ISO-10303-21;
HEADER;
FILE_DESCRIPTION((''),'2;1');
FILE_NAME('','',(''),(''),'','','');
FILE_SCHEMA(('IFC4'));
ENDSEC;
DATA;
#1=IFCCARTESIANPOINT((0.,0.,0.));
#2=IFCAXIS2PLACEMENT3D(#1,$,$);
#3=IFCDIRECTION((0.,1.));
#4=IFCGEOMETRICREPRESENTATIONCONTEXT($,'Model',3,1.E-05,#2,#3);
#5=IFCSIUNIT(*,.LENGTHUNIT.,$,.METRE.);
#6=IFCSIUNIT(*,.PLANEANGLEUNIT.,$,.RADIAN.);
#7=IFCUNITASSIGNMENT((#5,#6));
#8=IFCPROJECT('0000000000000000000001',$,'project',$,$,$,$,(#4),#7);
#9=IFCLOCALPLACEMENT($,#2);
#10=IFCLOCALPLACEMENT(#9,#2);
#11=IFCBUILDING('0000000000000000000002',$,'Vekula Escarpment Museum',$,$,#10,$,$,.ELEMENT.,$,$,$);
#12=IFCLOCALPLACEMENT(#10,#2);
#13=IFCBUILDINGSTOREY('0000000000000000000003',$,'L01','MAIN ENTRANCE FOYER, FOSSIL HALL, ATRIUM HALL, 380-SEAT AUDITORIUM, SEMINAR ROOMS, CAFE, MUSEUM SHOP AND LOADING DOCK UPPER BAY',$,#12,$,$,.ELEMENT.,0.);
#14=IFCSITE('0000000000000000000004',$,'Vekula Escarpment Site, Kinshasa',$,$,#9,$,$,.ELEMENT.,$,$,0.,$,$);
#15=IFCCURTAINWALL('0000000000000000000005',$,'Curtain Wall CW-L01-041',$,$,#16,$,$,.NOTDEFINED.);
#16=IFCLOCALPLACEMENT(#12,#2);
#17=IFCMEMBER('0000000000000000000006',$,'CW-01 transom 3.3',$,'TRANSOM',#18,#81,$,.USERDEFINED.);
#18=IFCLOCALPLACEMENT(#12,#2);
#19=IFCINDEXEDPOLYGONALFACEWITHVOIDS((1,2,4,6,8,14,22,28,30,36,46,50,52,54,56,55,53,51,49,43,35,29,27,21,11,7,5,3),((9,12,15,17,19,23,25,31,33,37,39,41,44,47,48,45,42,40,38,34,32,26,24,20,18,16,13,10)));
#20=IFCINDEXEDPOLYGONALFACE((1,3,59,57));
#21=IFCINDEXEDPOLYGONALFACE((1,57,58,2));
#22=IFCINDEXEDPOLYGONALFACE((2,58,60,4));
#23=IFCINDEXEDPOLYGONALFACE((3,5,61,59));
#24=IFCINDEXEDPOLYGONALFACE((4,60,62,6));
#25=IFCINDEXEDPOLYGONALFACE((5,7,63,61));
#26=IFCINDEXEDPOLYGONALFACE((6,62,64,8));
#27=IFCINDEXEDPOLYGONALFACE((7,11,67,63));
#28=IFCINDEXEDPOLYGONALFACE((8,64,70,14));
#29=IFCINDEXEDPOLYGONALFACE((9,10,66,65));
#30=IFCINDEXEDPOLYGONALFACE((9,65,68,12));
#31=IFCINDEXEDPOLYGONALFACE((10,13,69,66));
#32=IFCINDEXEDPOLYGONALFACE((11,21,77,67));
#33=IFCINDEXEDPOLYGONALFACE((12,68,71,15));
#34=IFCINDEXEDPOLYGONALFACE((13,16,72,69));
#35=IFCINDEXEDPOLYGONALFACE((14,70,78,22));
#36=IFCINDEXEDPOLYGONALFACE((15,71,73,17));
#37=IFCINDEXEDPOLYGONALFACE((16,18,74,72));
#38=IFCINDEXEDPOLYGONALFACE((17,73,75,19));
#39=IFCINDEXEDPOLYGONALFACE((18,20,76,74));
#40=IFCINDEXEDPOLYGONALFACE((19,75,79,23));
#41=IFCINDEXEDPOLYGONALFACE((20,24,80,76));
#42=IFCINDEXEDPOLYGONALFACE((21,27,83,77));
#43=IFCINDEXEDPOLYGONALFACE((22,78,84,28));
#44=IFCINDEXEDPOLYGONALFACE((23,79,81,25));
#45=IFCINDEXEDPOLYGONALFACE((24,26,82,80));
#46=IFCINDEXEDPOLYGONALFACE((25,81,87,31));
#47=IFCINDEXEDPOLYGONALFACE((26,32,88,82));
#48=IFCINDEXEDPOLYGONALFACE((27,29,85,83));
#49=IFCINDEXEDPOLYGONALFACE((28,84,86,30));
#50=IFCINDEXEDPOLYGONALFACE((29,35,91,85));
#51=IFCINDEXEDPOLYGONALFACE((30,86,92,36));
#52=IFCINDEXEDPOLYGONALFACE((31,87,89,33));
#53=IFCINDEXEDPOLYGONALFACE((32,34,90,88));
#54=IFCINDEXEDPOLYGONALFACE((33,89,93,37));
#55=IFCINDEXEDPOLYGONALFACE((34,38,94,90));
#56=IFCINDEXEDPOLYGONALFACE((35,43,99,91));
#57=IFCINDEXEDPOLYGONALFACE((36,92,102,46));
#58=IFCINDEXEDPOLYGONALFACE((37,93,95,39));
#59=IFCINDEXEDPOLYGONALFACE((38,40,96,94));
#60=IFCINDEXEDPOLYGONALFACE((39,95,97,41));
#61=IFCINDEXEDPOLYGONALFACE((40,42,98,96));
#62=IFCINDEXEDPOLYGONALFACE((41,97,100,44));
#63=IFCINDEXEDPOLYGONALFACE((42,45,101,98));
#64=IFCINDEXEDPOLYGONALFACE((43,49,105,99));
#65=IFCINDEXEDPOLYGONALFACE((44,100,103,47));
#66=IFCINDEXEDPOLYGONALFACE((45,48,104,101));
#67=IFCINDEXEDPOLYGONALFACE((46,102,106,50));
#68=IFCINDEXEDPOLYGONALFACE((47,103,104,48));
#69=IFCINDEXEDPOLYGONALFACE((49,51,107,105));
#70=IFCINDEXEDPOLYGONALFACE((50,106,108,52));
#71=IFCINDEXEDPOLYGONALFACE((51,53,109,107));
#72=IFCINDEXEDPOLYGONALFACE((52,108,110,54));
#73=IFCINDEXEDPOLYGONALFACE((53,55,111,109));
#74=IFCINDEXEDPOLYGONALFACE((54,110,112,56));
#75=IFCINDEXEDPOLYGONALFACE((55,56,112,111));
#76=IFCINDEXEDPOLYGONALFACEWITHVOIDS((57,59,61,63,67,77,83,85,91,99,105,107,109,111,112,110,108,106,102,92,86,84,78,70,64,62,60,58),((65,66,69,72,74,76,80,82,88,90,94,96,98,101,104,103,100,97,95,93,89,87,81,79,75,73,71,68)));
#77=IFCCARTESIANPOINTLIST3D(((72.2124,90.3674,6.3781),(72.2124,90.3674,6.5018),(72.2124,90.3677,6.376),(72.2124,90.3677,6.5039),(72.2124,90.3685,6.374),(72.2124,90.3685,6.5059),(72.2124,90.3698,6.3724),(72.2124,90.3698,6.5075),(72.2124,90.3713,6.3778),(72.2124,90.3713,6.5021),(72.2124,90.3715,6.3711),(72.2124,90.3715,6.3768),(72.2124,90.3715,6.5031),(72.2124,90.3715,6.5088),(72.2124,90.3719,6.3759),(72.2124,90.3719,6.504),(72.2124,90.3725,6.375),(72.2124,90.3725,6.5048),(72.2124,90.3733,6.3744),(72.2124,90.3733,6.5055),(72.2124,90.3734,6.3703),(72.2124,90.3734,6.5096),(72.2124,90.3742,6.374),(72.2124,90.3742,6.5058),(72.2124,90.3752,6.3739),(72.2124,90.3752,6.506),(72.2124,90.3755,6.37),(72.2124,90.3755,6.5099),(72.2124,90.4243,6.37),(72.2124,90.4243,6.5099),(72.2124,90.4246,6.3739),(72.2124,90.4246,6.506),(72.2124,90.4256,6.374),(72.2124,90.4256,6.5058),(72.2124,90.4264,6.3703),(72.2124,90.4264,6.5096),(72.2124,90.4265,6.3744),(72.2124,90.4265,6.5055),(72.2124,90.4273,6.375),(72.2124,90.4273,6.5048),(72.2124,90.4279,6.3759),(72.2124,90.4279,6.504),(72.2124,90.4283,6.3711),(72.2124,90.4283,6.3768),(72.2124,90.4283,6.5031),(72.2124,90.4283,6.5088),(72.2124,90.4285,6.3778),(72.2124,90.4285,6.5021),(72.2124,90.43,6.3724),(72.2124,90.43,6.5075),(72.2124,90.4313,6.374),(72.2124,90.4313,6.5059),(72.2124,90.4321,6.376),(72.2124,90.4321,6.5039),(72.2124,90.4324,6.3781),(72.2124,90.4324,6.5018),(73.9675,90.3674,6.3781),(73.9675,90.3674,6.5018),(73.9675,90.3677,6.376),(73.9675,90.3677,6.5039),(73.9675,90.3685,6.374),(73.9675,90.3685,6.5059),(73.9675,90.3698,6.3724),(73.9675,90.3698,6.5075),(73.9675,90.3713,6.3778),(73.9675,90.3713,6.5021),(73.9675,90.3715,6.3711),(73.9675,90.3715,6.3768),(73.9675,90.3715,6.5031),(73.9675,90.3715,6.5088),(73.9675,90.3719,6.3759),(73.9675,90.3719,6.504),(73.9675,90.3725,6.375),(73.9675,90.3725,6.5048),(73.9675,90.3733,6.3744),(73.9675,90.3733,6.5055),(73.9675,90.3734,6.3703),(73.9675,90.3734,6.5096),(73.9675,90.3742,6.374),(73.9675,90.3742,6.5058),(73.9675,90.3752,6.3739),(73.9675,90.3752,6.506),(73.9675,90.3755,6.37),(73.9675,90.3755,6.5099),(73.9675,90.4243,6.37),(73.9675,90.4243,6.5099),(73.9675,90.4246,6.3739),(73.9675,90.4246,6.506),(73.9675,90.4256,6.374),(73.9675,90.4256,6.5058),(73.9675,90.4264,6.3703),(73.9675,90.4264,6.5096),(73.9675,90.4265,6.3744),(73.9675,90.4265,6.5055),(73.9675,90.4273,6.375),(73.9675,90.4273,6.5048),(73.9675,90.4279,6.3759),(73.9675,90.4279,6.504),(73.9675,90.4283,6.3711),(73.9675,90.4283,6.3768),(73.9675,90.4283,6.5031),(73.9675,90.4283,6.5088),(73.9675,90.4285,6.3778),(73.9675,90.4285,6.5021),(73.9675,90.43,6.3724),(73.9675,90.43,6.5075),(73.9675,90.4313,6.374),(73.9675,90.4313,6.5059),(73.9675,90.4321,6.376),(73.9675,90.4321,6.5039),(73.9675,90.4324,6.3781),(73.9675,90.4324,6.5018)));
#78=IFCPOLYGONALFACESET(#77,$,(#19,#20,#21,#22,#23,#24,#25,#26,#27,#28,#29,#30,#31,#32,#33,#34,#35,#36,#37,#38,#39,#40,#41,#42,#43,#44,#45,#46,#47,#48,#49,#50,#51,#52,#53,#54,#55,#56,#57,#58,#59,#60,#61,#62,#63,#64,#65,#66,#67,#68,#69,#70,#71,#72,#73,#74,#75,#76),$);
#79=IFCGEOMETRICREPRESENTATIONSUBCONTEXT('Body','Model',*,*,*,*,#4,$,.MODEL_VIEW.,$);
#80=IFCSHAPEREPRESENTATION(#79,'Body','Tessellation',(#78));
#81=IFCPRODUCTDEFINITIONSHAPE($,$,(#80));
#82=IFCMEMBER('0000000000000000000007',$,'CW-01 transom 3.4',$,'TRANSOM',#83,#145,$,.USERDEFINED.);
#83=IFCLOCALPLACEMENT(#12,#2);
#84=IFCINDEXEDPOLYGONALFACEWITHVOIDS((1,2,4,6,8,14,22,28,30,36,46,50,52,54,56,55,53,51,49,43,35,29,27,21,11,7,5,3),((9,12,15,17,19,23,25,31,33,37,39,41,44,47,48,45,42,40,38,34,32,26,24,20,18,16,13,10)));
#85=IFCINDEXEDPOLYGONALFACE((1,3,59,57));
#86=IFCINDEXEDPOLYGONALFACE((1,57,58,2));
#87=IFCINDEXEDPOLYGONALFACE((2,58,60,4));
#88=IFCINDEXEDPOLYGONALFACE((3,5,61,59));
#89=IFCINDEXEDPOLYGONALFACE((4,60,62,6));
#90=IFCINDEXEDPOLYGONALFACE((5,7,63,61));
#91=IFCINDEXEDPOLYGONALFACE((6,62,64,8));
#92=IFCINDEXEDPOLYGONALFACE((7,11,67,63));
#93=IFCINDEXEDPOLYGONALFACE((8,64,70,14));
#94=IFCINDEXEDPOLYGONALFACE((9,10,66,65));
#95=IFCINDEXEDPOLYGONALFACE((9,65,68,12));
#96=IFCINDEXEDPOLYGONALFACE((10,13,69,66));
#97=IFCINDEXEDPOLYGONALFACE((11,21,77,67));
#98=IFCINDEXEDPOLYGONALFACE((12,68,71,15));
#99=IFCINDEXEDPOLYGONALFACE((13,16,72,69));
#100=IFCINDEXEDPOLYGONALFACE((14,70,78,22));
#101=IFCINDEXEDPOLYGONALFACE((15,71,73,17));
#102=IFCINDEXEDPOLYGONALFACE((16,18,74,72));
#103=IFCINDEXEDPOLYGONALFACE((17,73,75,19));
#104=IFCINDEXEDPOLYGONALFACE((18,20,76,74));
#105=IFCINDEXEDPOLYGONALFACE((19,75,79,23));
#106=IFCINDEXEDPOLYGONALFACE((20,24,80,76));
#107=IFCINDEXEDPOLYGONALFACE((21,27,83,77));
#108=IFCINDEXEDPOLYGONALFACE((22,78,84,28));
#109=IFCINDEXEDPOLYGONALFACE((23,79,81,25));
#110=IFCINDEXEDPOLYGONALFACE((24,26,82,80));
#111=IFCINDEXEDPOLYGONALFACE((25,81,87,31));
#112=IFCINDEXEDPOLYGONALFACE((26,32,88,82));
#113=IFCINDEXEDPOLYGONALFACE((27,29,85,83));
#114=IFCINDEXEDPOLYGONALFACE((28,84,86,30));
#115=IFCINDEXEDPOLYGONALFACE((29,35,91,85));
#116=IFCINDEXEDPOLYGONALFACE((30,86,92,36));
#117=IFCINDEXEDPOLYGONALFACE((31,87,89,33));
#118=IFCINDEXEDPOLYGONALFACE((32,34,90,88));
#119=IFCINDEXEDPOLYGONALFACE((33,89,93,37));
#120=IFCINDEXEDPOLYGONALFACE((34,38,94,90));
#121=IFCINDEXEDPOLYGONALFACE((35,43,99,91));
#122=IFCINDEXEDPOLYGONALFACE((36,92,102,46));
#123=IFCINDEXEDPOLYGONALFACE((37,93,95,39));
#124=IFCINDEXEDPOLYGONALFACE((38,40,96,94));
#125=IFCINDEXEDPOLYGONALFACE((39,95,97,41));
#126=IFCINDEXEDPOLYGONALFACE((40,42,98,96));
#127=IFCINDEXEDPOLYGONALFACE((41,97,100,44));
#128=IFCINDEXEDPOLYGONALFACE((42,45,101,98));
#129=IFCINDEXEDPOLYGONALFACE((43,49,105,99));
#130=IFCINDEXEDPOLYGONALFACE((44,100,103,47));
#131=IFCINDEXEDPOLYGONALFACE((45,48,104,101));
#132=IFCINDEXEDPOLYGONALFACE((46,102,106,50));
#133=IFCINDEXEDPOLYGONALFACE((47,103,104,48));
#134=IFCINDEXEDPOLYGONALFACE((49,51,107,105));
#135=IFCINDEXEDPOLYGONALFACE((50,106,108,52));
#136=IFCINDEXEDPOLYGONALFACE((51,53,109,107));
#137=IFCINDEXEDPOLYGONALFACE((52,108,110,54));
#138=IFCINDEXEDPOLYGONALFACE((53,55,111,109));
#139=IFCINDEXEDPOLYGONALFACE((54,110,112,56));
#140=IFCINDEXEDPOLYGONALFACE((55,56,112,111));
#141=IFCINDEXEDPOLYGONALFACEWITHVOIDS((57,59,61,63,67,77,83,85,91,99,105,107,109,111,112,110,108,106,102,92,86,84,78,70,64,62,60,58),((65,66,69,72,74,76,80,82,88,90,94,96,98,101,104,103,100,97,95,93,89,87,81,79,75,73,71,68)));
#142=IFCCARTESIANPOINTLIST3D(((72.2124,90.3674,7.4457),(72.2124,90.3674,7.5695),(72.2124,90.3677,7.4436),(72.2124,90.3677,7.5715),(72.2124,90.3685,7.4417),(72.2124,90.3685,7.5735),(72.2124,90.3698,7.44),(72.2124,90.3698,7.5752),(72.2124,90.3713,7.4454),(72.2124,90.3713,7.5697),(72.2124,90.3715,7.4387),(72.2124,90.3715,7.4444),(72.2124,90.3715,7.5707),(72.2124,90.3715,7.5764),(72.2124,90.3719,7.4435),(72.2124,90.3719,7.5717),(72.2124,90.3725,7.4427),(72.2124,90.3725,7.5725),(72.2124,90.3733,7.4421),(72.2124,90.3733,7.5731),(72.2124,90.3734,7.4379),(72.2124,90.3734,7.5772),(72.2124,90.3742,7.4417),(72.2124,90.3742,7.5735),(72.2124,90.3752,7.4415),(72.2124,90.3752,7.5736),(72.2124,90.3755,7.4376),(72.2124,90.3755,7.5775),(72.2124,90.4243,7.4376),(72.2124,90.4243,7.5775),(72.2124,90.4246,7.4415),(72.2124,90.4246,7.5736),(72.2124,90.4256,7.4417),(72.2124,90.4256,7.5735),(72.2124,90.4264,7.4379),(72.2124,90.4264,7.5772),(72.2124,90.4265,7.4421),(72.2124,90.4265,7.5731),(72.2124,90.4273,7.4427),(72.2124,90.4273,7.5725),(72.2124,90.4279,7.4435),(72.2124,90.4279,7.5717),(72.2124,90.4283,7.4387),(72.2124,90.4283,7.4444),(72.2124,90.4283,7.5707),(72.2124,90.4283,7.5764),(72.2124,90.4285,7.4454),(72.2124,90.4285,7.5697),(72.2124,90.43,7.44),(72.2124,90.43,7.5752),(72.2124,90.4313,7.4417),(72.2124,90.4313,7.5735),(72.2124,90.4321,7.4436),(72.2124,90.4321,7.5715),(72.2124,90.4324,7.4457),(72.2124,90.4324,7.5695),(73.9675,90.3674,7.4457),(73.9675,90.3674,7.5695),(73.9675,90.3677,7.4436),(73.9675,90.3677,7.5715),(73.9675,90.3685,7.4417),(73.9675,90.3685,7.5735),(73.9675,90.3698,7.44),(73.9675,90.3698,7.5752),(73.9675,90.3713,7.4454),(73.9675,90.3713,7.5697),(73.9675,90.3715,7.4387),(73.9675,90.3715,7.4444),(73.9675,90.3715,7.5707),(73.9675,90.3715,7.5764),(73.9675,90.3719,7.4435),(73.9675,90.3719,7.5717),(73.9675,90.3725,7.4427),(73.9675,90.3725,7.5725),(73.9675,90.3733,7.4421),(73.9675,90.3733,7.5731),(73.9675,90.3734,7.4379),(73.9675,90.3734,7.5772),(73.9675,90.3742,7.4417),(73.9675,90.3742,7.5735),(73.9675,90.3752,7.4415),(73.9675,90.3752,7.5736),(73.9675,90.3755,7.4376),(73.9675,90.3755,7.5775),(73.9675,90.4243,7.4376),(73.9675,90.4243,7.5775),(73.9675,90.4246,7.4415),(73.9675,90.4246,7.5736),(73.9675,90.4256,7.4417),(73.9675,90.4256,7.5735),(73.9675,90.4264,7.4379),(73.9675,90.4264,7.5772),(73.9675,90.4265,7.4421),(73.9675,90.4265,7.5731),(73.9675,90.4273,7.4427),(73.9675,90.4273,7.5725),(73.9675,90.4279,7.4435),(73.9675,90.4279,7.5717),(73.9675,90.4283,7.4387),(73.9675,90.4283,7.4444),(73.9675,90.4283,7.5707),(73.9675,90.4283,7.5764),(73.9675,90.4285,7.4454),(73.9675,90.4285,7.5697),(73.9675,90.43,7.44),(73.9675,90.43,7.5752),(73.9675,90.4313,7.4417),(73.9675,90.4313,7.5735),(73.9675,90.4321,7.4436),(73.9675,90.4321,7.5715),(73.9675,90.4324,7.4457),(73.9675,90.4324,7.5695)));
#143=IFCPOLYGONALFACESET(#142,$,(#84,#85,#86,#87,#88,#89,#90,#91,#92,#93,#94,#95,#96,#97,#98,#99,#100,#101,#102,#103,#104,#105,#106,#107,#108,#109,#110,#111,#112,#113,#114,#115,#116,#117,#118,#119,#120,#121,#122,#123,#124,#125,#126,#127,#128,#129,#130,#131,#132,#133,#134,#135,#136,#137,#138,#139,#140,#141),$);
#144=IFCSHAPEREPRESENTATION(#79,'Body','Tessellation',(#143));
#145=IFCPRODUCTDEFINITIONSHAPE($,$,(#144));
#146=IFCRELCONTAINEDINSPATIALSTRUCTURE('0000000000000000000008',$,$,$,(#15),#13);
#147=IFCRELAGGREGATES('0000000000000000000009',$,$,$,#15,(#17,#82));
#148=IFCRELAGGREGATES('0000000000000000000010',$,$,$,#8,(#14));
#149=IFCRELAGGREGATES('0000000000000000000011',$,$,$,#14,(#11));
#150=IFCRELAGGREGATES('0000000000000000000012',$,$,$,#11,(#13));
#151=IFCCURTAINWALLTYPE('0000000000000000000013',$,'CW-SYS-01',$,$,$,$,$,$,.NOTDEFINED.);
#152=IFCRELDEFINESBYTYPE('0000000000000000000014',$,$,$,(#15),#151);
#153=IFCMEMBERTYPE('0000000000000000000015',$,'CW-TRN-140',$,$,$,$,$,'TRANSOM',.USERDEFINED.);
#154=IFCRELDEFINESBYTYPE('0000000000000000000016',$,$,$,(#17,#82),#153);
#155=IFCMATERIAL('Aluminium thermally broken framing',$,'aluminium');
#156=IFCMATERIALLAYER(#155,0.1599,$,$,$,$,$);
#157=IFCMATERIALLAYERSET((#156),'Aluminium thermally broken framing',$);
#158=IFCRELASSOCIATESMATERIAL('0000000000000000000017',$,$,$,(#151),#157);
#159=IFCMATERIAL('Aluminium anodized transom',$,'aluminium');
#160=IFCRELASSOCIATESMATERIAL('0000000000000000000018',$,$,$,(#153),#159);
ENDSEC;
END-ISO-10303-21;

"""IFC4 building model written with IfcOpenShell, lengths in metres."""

from ifc_helpers import new_model, si_unit, direction, frame, origin, origin_2d, place, context, subcontext, project, spatial, hollow_rectangle, extrude, material, layer, layer_set, material_profile, profile_set, type_object, element, aggregate, save


model = new_model("IFC4")

# Units and contexts
model_context = context("Model", 3, precision=1e-05, world=origin(), true_north=direction((0.0, 1.0)))
body_context = subcontext(model_context, "Body", "Model", "MODEL_VIEW")
ifc_project = project(units=[si_unit("LENGTHUNIT", "METRE"), si_unit("PLANEANGLEUNIT", "RADIAN")], contexts=[model_context])

# Site, building, storey
site_placement = place(None, origin())
site = spatial("IfcSite", under=ifc_project, at=site_placement, Name="Vekula Escarpment Site, Kinshasa", CompositionType="ELEMENT", RefElevation=0.0)
building_placement = place(site_placement, origin())
building = spatial("IfcBuilding", under=site, at=building_placement, Name="Vekula Escarpment Museum", CompositionType="ELEMENT")
storey_placement = place(building_placement, origin())
storey = spatial("IfcBuildingStorey", under=building, at=storey_placement, Name="L01", Description="MAIN ENTRANCE FOYER, FOSSIL HALL, ATRIUM HALL, 380-SEAT AUDITORIUM, SEMINAR ROOMS, CAFE, MUSEUM SHOP AND LOADING DOCK UPPER BAY", CompositionType="ELEMENT", Elevation=0.0)

# Curtain wall, members
ifc_material_1 = material(Name="Aluminium thermally broken framing", Category="aluminium")
ifc_layer_1 = layer(ifc_material_1, 0.1599)
ifc_layer_set_1 = layer_set([ifc_layer_1], Name="Aluminium thermally broken framing")
curtain_wall_type = type_object("IfcCurtainWallType", Name="CW-SYS-01", PredefinedType="NOTDEFINED", material=ifc_layer_set_1)
curtain_wall_placement = place(storey_placement, origin())
curtain_wall = element("IfcCurtainWall", 1, at=curtain_wall_placement, inside=storey, type_object=curtain_wall_type, Name="Curtain Wall CW-L01-041", PredefinedType="NOTDEFINED")
ifc_material_2 = material(Name="Aluminium anodized transom", Category="aluminium")
ifc_material_profile_1 = material_profile(ifc_material_2, hollow_rectangle(XDim=0.0649, YDim=0.1399, WallThickness=0.0039, InnerFilletRadius=0.0039, OuterFilletRadius=0.0081, at=origin_2d()), Name="ALU 140x65x4")
ifc_profile_set_1 = profile_set([ifc_material_profile_1], Name="Aluminium anodized transom")
member_type_1 = type_object("IfcMemberType", Name="CW-TRN-140", ElementType="TRANSOM", PredefinedType="USERDEFINED", material=ifc_profile_set_1)
member_1_placement = place(storey_placement, frame((73.9675, 90.3999, 6.4399), z_axis=(-1.0, 0.0, 0.0), x_axis=(0.0, -1.0, 0.0)))
member_1 = element("IfcMember", 2, at=member_1_placement, type_object=member_type_1, Name="CW-01 transom 3.3", ObjectType="TRANSOM", PredefinedType="USERDEFINED", context=body_context, shape_type="SweptSolid", body=[
    extrude(hollow_rectangle(XDim=0.0649, YDim=0.1399, WallThickness=0.0039, InnerFilletRadius=0.0039, OuterFilletRadius=0.0081, at=origin_2d()), origin(), (0.0, 0.0, 1.0), 1.7551),
])
member_2_placement = place(storey_placement, frame((73.9675, 90.3999, 7.5076), z_axis=(-1.0, 0.0, 0.0), x_axis=(0.0, -1.0, 0.0)))
member_2 = element("IfcMember", 3, at=member_2_placement, type_object=member_type_1, Name="CW-01 transom 3.4", ObjectType="TRANSOM", PredefinedType="USERDEFINED", context=body_context, shape_type="SweptSolid", body=[
    extrude(hollow_rectangle(XDim=0.0649, YDim=0.1399, WallThickness=0.0039, InnerFilletRadius=0.0039, OuterFilletRadius=0.0081, at=origin_2d()), origin(), (0.0, 0.0, 1.0), 1.7551),
])

aggregate(curtain_wall, [member_1, member_2])

save(model, "model.ifc")
